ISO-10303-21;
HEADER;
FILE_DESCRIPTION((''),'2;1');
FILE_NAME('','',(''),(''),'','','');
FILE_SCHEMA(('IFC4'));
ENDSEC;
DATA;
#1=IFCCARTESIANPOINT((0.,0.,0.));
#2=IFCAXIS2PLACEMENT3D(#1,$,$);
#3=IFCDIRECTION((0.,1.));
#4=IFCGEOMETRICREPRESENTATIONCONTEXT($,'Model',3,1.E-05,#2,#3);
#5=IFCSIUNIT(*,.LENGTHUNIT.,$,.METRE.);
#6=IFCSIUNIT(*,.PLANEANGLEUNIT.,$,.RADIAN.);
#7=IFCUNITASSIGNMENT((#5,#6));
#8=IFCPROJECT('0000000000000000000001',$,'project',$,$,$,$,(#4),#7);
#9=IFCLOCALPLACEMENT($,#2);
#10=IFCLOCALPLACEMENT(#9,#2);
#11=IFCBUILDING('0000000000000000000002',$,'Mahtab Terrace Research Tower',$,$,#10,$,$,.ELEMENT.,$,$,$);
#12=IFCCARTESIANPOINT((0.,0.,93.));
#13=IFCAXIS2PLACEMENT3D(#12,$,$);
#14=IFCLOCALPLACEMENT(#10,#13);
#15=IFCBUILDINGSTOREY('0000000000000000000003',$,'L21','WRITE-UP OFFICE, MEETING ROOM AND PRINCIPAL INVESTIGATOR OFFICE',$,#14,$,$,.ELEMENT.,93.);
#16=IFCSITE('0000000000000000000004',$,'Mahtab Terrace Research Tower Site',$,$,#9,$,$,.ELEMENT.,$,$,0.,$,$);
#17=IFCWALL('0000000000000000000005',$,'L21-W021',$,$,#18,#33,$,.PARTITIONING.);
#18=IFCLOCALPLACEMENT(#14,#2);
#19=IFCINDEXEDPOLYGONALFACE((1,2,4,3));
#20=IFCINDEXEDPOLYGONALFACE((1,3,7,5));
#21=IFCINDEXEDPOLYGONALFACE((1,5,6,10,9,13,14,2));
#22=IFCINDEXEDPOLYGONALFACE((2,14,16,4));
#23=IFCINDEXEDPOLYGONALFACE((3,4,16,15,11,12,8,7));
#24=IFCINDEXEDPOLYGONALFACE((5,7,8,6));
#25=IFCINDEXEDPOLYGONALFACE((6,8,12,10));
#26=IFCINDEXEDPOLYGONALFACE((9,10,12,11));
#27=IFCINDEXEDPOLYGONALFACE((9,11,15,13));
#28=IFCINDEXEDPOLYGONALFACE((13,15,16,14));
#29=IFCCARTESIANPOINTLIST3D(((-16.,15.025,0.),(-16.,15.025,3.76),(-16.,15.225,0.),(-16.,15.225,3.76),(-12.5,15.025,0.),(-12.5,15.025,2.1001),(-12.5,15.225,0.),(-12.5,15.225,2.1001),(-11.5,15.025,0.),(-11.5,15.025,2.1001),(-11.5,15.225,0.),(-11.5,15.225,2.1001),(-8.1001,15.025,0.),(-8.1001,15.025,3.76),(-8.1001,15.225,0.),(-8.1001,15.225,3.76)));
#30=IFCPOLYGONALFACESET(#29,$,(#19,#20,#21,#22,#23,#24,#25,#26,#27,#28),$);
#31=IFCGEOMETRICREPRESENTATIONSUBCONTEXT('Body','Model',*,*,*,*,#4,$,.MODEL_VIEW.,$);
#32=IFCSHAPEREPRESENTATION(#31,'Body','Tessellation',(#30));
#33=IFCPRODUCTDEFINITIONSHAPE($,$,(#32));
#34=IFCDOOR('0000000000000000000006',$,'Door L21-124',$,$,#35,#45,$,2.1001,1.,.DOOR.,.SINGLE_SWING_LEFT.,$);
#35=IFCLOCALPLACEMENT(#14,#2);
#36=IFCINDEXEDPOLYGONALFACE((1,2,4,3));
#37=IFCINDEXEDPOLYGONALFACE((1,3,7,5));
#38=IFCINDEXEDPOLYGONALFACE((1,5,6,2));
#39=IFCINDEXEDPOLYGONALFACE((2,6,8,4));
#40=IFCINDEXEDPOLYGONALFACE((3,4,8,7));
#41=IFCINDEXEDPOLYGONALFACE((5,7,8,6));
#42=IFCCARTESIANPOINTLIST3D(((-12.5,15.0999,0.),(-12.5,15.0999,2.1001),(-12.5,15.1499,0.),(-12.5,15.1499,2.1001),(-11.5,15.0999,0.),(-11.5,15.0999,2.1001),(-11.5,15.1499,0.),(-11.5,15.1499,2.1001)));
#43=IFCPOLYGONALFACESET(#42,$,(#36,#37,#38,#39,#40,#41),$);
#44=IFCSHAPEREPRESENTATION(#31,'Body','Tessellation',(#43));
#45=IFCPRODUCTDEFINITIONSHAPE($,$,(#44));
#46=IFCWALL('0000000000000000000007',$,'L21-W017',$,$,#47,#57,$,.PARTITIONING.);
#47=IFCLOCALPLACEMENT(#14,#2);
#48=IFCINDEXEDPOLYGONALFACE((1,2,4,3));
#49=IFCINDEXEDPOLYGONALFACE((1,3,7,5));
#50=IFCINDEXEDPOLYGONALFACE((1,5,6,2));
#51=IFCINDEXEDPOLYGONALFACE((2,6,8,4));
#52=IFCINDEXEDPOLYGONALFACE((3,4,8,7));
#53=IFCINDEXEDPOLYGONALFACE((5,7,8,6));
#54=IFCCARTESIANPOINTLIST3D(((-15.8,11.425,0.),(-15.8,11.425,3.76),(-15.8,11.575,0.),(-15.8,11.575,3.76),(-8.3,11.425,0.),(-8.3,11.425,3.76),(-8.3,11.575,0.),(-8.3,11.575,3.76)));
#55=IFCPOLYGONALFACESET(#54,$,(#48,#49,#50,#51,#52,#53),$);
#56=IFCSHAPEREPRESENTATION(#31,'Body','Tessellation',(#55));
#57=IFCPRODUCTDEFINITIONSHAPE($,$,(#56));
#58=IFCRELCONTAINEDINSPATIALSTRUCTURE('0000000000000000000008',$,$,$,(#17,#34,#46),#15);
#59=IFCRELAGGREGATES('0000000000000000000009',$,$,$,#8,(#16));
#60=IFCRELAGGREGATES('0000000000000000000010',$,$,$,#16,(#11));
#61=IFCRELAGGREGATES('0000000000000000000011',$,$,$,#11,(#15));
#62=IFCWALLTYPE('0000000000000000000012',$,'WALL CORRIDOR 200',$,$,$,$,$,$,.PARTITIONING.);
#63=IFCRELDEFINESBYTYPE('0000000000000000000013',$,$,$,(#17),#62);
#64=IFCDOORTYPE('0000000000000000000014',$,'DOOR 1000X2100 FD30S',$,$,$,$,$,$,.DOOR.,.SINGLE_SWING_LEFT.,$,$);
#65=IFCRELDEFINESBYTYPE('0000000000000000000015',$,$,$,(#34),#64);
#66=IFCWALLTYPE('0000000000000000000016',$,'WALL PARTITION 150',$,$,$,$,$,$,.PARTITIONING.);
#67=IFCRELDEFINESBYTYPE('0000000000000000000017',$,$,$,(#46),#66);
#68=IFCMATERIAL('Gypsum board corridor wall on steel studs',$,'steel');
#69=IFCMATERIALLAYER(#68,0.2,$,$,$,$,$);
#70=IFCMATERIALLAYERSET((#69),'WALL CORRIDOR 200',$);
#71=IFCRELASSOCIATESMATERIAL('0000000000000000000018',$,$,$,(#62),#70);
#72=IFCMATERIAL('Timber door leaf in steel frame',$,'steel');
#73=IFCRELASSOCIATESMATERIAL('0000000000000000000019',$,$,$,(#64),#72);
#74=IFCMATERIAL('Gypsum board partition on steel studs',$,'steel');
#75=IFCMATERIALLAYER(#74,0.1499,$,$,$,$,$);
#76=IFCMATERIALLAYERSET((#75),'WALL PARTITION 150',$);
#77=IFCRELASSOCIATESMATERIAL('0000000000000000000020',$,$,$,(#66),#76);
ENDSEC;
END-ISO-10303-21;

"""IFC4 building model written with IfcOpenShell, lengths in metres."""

from ifc_helpers import new_model, si_unit, direction, frame, frame_2d, origin, place, context, subcontext, project, spatial, rectangle, extrude, material, layer, layer_set, type_object, element, fill, save


model = new_model("IFC4")

# Units and contexts
model_context = context("Model", 3, precision=1e-05, world=origin(), true_north=direction((0.0, 1.0)))
body_context = subcontext(model_context, "Body", "Model", "MODEL_VIEW")
ifc_project = project(units=[si_unit("LENGTHUNIT", "METRE"), si_unit("PLANEANGLEUNIT", "RADIAN")], contexts=[model_context])

# Site, building, storey
site_placement = place(None, origin())
site = spatial("IfcSite", under=ifc_project, at=site_placement, Name="Mahtab Terrace Research Tower Site", CompositionType="ELEMENT", RefElevation=0.0)
building_placement = place(site_placement, origin())
building = spatial("IfcBuilding", under=site, at=building_placement, Name="Mahtab Terrace Research Tower", CompositionType="ELEMENT")
storey_placement = place(building_placement, frame((0.0, 0.0, 93.0)))
storey = spatial("IfcBuildingStorey", under=building, at=storey_placement, Name="L21", Description="WRITE-UP OFFICE, MEETING ROOM AND PRINCIPAL INVESTIGATOR OFFICE", CompositionType="ELEMENT", Elevation=93.0)

# Wall, opening, door
ifc_material_1 = material(Name="Gypsum board corridor wall on steel studs", Category="steel")
ifc_layer_1 = layer(ifc_material_1, 0.2)
ifc_layer_set_1 = layer_set([ifc_layer_1], Name="WALL CORRIDOR 200")
wall_type_1 = type_object("IfcWallType", Name="WALL CORRIDOR 200", PredefinedType="PARTITIONING", material=ifc_layer_set_1)
wall_1_placement = place(storey_placement, frame((-16.0, 15.125, 0.0), z_axis=(0.0, 0.0, 1.0), x_axis=(1.0, 0.0, 0.0)))
wall_1 = element("IfcWall", 1, at=wall_1_placement, inside=storey, type_object=wall_type_1, Name="L21-W021", PredefinedType="PARTITIONING", context=body_context, shape_type="SweptSolid", body=[
    extrude(rectangle(XDim=7.8999, YDim=0.2, at=frame_2d((3.95, 0.0))), origin(), (0.0, 0.0, 1.0), 3.76),
])
opening_1_placement = place(wall_1_placement, frame((3.5, 0.0, 0.0)))
opening_1 = element("IfcOpeningElement", 2, at=opening_1_placement, cuts=wall_1, PredefinedType="OPENING", context=body_context, shape_type="SweptSolid", body=[
    extrude(rectangle(XDim=1.0, YDim=2.1001, at=frame_2d((0.5, 1.05))), frame((0.0, 0.1099, 0.0), z_axis=(0.0, -1.0, 0.0), x_axis=(1.0, 0.0, 0.0)), (0.0, 0.0, 1.0), 0.22),
])
ifc_material_2 = material(Name="Timber door leaf in steel frame", Category="steel")
door_type_1 = type_object("IfcDoorType", Name="DOOR 1000X2100 FD30S", OperationType="SINGLE_SWING_LEFT", PredefinedType="DOOR", material=ifc_material_2)
door_1_placement = place(opening_1_placement, origin())
door_1 = element("IfcDoor", 3, at=door_1_placement, inside=storey, type_object=door_type_1, Name="Door L21-124", OperationType="SINGLE_SWING_LEFT", OverallHeight=2.1001, OverallWidth=1.0, PredefinedType="DOOR", context=body_context, shape_type="SweptSolid", body=[
    extrude(rectangle(XDim=1.0, YDim=2.1001, at=frame_2d((0.5, 1.05))), frame((0.0, 0.0249, 0.0), z_axis=(0.0, -1.0, 0.0), x_axis=(1.0, 0.0, 0.0)), (0.0, 0.0, 1.0), 0.05),
])
fill(opening_1, door_1)

# Wall
ifc_material_3 = material(Name="Gypsum board partition on steel studs", Category="steel")
ifc_layer_2 = layer(ifc_material_3, 0.1499)
ifc_layer_set_2 = layer_set([ifc_layer_2], Name="WALL PARTITION 150")
wall_type_2 = type_object("IfcWallType", Name="WALL PARTITION 150", PredefinedType="PARTITIONING", material=ifc_layer_set_2)
wall_2_placement = place(storey_placement, frame((-15.8, 11.5, 0.0), z_axis=(0.0, 0.0, 1.0), x_axis=(1.0, 0.0, 0.0)))
element("IfcWall", 4, at=wall_2_placement, inside=storey, type_object=wall_type_2, Name="L21-W017", PredefinedType="PARTITIONING", context=body_context, shape_type="SweptSolid", body=[
    extrude(rectangle(XDim=7.5, YDim=0.1499, at=frame_2d((3.75, 0.0))), origin(), (0.0, 0.0, 1.0), 3.76),
])

save(model, "model.ifc")
